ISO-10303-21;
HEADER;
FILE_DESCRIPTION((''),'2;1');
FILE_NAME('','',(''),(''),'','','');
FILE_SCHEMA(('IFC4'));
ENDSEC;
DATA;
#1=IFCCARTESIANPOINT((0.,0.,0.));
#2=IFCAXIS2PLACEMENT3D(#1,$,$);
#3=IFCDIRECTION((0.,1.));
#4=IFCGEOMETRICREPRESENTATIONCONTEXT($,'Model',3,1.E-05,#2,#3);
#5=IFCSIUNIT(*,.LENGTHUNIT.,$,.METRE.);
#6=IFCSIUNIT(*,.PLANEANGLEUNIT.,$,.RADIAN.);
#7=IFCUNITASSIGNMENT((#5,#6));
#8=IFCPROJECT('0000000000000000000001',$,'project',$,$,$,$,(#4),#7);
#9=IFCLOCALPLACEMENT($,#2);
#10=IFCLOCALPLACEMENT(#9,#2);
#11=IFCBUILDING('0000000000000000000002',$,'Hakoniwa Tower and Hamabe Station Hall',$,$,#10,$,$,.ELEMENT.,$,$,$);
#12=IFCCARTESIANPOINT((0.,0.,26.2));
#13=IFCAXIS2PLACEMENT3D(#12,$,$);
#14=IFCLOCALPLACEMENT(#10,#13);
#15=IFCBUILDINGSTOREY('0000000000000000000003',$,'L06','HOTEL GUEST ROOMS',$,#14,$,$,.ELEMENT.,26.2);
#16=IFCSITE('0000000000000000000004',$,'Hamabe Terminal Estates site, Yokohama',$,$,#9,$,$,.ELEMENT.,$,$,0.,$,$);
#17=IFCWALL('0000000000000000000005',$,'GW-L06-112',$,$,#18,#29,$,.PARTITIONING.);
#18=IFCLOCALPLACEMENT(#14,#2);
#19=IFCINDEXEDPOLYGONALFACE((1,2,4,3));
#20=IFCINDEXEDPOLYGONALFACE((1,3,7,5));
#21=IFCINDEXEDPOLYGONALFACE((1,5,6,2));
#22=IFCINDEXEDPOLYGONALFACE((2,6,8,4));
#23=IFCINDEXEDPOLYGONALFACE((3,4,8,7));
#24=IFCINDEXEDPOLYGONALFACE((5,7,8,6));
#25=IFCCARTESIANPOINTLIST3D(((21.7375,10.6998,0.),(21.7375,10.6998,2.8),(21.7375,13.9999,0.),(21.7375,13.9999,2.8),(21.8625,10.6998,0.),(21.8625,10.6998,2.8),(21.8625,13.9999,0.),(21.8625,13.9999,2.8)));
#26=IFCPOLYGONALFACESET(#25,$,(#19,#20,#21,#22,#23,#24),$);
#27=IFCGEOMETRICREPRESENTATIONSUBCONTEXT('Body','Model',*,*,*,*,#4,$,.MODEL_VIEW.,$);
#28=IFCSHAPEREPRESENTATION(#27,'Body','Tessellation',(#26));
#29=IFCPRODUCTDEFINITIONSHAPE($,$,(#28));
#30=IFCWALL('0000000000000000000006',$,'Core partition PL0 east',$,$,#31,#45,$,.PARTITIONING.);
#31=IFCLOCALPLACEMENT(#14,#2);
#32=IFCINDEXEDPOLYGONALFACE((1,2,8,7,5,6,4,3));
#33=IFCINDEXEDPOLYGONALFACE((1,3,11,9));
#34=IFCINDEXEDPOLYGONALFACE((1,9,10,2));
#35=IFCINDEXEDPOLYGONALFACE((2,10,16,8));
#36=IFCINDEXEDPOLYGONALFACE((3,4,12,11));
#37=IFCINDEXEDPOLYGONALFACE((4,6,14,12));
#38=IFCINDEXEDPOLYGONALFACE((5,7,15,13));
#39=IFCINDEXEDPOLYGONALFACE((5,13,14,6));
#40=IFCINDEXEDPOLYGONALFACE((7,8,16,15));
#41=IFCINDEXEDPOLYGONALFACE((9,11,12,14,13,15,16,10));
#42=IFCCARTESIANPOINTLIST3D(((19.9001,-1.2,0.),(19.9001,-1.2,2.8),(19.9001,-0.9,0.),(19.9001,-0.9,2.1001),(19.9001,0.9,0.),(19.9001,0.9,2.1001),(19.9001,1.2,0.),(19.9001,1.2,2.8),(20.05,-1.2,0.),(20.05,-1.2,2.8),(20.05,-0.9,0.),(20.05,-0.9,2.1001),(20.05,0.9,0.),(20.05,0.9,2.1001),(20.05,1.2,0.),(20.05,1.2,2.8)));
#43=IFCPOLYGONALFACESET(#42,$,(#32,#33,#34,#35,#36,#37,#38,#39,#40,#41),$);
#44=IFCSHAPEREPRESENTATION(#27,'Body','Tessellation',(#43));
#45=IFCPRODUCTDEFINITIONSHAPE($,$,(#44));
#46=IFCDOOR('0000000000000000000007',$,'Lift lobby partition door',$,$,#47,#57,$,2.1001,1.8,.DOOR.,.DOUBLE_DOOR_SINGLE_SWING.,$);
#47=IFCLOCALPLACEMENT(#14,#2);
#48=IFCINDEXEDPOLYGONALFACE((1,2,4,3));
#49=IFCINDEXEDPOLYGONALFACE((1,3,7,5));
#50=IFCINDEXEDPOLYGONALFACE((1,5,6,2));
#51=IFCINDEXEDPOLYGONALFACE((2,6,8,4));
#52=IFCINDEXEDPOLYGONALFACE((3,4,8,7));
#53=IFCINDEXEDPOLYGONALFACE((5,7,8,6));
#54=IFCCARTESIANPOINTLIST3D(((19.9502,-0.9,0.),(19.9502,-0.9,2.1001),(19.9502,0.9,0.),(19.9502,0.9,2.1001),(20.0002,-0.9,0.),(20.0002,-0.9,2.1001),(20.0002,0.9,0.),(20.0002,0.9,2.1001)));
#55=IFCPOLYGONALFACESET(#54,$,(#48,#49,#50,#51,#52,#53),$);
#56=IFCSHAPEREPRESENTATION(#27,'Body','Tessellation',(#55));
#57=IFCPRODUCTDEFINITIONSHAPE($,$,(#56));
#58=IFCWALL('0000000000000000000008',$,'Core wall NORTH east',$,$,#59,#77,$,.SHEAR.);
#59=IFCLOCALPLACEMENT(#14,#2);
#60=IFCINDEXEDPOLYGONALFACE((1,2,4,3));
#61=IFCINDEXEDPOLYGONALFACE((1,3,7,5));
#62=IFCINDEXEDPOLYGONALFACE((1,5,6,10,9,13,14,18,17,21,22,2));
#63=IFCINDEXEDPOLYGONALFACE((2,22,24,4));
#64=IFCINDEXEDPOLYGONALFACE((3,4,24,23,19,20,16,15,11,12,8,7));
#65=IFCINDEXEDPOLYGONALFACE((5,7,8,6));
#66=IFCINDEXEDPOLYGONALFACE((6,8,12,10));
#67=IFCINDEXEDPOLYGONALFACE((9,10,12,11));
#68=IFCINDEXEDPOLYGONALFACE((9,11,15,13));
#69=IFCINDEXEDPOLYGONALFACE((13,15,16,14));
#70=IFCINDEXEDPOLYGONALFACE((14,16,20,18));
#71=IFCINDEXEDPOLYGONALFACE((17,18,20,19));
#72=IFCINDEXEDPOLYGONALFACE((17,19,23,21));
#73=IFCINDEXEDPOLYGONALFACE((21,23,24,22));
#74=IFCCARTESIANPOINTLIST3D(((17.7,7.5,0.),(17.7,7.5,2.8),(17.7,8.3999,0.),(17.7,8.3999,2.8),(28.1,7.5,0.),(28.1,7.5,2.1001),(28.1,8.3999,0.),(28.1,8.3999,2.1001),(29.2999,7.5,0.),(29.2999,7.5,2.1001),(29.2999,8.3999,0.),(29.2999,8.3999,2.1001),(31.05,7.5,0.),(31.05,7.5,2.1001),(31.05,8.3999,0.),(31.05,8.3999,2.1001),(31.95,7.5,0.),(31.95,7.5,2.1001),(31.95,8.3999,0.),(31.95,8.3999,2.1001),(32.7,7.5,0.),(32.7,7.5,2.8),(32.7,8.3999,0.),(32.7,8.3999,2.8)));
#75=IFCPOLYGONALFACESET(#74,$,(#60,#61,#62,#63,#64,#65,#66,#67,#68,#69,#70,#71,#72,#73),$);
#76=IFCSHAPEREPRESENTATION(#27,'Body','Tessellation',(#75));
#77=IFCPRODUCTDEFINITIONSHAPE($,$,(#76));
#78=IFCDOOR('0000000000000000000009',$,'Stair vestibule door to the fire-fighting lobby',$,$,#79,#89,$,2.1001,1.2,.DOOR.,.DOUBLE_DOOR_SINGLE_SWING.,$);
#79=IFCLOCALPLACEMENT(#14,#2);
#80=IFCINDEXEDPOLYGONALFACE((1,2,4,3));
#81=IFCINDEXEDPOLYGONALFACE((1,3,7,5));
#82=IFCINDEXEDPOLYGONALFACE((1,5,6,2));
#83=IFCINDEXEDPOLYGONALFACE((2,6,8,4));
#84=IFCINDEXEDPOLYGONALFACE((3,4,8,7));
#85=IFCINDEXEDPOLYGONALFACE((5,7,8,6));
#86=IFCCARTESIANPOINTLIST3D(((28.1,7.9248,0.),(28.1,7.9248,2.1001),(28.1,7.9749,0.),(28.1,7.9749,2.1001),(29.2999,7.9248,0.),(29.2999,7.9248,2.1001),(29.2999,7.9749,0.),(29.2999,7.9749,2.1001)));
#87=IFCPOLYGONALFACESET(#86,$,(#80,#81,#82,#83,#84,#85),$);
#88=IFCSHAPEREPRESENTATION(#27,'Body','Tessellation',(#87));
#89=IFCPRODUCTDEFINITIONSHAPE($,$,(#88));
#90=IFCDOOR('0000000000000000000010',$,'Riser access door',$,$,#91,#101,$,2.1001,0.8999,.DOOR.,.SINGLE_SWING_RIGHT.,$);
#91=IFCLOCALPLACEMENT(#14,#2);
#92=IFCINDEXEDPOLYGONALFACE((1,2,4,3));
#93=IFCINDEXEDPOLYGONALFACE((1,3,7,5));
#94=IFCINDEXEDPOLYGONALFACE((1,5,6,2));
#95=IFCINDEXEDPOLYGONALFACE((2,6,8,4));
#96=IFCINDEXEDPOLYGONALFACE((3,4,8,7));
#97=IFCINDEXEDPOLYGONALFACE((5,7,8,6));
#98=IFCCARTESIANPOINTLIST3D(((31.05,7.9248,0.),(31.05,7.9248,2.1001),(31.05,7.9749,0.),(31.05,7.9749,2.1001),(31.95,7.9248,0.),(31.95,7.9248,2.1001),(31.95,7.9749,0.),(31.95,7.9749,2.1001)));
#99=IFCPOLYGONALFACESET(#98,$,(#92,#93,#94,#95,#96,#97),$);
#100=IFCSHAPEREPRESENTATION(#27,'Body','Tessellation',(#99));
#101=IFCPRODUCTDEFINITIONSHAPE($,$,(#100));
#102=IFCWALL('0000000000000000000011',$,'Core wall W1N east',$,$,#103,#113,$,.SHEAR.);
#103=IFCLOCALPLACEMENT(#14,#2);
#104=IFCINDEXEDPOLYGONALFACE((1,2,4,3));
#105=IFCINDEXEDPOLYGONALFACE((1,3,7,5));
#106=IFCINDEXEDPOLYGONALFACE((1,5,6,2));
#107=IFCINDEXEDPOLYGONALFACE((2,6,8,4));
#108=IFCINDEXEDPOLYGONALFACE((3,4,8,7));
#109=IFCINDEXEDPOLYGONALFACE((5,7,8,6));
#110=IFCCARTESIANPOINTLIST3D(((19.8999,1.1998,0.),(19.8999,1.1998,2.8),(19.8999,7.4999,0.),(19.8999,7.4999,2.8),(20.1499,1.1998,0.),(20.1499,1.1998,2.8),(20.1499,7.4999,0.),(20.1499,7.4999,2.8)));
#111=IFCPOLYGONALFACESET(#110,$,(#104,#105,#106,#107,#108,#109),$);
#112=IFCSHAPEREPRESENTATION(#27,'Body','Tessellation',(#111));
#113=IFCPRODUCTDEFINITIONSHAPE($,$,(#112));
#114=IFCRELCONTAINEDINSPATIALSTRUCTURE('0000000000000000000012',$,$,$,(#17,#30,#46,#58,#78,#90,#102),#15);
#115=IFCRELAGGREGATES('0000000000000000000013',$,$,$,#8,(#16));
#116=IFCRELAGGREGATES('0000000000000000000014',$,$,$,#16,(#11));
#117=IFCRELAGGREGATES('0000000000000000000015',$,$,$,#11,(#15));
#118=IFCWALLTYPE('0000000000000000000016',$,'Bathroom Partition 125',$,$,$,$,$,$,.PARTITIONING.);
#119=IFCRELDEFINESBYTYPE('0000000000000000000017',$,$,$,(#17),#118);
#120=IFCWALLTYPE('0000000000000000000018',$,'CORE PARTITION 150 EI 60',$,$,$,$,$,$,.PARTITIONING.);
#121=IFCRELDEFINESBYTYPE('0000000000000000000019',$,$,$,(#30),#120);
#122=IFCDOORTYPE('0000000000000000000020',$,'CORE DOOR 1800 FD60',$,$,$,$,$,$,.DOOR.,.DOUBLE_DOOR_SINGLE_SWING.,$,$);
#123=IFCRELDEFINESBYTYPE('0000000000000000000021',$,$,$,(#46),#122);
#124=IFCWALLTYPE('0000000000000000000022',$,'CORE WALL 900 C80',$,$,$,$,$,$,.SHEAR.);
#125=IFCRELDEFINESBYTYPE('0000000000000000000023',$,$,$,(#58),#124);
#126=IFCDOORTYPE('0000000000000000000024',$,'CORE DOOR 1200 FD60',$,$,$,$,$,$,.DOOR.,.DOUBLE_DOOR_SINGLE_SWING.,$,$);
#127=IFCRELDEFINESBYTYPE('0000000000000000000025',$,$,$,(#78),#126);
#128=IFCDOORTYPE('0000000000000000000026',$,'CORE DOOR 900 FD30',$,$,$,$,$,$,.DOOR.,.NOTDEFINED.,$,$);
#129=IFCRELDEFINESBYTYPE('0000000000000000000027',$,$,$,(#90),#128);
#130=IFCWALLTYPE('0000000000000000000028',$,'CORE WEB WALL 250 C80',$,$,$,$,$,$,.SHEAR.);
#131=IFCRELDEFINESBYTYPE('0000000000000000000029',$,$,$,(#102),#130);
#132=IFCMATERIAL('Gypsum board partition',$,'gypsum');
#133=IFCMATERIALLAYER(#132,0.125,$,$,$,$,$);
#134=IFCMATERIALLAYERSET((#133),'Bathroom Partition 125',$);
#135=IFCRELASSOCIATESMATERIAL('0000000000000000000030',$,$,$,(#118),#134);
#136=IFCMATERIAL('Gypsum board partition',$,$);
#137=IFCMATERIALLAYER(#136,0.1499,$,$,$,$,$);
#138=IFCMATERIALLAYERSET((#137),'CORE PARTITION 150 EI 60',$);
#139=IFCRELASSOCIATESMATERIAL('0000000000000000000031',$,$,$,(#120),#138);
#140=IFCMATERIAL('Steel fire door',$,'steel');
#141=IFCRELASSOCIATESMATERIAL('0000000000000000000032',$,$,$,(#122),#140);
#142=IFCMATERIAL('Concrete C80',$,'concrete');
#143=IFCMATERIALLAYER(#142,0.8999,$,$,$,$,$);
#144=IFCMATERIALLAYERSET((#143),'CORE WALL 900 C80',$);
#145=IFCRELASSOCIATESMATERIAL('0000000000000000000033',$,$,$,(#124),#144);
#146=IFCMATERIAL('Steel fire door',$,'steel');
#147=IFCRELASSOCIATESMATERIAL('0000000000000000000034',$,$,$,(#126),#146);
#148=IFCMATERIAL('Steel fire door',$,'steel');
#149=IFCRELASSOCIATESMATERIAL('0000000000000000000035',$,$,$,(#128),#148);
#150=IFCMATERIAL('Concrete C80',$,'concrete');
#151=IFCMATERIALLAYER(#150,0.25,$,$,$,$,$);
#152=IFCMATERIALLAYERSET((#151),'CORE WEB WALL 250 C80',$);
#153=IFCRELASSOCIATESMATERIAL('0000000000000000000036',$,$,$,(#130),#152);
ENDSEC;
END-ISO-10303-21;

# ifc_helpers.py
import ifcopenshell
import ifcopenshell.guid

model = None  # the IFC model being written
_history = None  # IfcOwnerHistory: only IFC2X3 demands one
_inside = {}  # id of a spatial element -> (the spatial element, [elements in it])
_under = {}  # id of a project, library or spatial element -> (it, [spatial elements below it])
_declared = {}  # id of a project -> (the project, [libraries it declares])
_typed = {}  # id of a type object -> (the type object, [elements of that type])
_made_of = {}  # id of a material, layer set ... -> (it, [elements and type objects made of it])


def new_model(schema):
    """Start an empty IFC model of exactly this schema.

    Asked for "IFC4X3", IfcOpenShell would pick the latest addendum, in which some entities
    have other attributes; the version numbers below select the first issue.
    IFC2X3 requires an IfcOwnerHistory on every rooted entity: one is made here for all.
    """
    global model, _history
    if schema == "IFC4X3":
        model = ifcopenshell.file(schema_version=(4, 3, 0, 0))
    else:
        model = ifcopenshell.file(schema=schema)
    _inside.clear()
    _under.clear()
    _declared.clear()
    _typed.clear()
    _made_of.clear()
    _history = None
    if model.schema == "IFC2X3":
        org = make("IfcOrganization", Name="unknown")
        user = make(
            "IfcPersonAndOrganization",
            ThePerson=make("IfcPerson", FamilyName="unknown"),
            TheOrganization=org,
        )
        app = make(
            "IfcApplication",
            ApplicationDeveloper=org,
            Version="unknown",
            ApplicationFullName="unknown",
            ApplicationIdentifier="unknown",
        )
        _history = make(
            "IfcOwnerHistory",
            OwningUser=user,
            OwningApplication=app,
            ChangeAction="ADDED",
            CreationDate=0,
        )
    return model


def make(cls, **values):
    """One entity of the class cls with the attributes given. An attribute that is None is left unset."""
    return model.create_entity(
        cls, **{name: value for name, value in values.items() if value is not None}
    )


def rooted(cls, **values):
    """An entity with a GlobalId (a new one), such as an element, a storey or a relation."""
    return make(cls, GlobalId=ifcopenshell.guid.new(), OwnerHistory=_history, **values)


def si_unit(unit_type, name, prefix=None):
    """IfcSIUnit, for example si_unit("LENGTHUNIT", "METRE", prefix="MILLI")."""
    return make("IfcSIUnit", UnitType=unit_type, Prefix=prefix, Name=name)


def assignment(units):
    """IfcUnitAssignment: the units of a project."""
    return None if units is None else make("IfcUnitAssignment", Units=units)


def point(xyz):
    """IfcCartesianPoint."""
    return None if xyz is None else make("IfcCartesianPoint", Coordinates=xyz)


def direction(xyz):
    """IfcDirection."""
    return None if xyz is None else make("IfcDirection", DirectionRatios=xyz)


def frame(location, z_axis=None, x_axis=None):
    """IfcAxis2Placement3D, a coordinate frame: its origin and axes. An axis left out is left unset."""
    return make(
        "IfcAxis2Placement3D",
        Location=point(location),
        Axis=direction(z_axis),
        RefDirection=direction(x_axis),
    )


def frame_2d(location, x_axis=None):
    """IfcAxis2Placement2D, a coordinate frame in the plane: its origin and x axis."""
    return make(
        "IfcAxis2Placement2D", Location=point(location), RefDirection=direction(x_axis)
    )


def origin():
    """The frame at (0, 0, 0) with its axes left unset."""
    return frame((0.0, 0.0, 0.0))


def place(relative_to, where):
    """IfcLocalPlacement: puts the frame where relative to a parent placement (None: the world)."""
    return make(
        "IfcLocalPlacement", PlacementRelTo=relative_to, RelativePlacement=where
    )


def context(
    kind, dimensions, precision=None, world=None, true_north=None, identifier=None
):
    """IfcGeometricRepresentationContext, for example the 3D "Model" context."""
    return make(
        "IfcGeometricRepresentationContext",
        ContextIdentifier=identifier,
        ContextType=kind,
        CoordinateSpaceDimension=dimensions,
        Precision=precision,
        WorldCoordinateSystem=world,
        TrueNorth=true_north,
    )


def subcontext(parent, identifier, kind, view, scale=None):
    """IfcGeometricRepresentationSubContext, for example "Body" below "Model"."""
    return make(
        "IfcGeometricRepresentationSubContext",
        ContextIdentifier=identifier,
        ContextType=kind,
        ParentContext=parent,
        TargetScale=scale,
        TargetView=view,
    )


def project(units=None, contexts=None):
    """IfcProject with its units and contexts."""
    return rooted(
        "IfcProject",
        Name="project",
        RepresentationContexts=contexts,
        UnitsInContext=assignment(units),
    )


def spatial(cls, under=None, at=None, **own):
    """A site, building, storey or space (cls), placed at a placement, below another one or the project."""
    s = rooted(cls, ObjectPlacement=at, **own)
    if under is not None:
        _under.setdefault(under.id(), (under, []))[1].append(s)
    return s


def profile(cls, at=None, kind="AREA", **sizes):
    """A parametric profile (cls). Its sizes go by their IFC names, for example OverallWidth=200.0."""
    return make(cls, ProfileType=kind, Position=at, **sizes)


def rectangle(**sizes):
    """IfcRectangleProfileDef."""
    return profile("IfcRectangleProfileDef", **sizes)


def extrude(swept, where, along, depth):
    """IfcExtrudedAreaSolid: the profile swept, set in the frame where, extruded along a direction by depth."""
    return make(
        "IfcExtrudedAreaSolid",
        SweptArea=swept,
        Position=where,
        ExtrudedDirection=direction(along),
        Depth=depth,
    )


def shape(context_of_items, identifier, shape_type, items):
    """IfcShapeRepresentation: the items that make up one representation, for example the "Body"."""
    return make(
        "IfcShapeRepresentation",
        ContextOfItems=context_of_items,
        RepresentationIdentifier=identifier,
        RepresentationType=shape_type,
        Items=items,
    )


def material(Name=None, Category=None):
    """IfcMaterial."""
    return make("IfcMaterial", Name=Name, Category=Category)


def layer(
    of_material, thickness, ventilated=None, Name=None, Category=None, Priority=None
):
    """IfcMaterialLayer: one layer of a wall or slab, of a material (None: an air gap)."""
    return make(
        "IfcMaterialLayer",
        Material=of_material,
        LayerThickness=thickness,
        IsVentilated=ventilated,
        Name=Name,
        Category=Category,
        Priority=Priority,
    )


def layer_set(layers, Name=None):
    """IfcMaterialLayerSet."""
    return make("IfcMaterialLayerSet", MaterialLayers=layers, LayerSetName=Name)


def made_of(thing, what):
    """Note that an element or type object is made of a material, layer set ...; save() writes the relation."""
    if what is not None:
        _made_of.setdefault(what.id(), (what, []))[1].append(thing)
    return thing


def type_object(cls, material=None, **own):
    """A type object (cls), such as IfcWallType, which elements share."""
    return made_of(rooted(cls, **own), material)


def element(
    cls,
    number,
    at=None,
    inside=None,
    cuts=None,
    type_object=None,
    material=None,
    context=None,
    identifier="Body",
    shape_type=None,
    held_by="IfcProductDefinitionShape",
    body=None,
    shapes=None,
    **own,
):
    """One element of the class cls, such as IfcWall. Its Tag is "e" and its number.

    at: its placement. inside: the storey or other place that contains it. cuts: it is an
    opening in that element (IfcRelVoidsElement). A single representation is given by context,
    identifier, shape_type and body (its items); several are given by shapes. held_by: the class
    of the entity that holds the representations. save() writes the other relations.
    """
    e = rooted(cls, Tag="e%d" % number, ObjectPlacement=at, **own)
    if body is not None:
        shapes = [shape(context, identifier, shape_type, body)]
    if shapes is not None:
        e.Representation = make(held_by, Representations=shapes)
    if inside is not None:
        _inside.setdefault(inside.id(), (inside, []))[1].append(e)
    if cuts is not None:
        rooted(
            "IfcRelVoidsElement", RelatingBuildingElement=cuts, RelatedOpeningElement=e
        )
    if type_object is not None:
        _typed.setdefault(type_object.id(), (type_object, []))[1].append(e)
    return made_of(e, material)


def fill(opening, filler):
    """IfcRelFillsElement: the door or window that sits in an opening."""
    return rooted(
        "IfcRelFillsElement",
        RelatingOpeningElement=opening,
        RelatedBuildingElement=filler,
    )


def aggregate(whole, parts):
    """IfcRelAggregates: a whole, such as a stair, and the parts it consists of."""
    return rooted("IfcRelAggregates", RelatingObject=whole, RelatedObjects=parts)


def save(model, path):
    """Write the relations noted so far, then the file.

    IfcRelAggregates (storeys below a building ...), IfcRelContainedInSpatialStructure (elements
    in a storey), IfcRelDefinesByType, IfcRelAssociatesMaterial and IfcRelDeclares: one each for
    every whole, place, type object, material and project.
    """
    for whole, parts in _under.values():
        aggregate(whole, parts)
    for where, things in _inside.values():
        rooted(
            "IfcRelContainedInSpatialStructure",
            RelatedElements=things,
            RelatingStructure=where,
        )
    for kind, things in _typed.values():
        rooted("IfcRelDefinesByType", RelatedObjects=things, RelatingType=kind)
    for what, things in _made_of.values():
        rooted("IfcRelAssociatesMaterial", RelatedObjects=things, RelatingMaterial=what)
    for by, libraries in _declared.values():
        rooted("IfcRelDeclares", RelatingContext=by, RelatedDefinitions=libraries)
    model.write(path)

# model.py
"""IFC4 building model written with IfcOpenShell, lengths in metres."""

from ifc_helpers import new_model, si_unit, direction, frame, frame_2d, origin, place, context, subcontext, project, spatial, rectangle, extrude, material, layer, layer_set, type_object, element, fill, save


model = new_model("IFC4")

# Units and contexts
model_context = context("Model", 3, precision=1e-05, world=origin(), true_north=direction((0.0, 1.0)))
body_context = subcontext(model_context, "Body", "Model", "MODEL_VIEW")
ifc_project = project(units=[si_unit("LENGTHUNIT", "METRE"), si_unit("PLANEANGLEUNIT", "RADIAN")], contexts=[model_context])

# Site, building, storey
site_placement = place(None, origin())
site = spatial("IfcSite", under=ifc_project, at=site_placement, Name="Hamabe Terminal Estates site, Yokohama", CompositionType="ELEMENT", RefElevation=0.0)
building_placement = place(site_placement, origin())
building = spatial("IfcBuilding", under=site, at=building_placement, Name="Hakoniwa Tower and Hamabe Station Hall", CompositionType="ELEMENT")
storey_placement = place(building_placement, frame((0.0, 0.0, 26.2)))
storey = spatial("IfcBuildingStorey", under=building, at=storey_placement, Name="L06", Description="HOTEL GUEST ROOMS", CompositionType="ELEMENT", Elevation=26.2)

# Wall
ifc_material_1 = material(Name="Gypsum board partition", Category="gypsum")
ifc_layer_1 = layer(ifc_material_1, 0.125)
ifc_layer_set_1 = layer_set([ifc_layer_1], Name="Bathroom Partition 125")
wall_type_1 = type_object("IfcWallType", Name="Bathroom Partition 125", PredefinedType="PARTITIONING", material=ifc_layer_set_1)
wall_1_placement = place(storey_placement, frame((21.8, 10.7, 0.0), z_axis=(0.0, 0.0, 1.0), x_axis=(0.0, 1.0, 0.0)))
element("IfcWall", 1, at=wall_1_placement, inside=storey, type_object=wall_type_1, Name="GW-L06-112", PredefinedType="PARTITIONING", context=body_context, shape_type="SweptSolid", body=[
    extrude(rectangle(XDim=3.3, YDim=0.125, at=frame_2d((1.6499, 0.0))), origin(), (0.0, 0.0, 1.0), 2.8),
])

# Wall, opening, door
ifc_material_2 = material(Name="Gypsum board partition")
ifc_layer_2 = layer(ifc_material_2, 0.1499)
ifc_layer_set_2 = layer_set([ifc_layer_2], Name="CORE PARTITION 150 EI 60")
wall_type_2 = type_object("IfcWallType", Name="CORE PARTITION 150 EI 60", PredefinedType="PARTITIONING", material=ifc_layer_set_2)
wall_2_placement = place(storey_placement, frame((19.9751, -1.2, 0.0), z_axis=(0.0, 0.0, 1.0), x_axis=(0.0, 1.0, 0.0)))
wall_2 = element("IfcWall", 2, at=wall_2_placement, inside=storey, type_object=wall_type_2, Name="Core partition PL0 east", PredefinedType="PARTITIONING", context=body_context, shape_type="SweptSolid", body=[
    extrude(rectangle(XDim=2.3999, YDim=0.1499, at=frame_2d((1.2, 0.0))), origin(), (0.0, 0.0, 1.0), 2.8),
])
opening_1_placement = place(wall_2_placement, frame((0.3, 0.0, 0.0)))
opening_1 = element("IfcOpeningElement", 3, at=opening_1_placement, cuts=wall_2, PredefinedType="OPENING", context=body_context, shape_type="SweptSolid", body=[
    extrude(rectangle(XDim=1.8, YDim=2.1001, at=frame_2d((0.8999, 1.05))), frame((0.0, 0.085, 0.0), z_axis=(0.0, -1.0, 0.0), x_axis=(1.0, 0.0, 0.0)), (0.0, 0.0, 1.0), 0.1699),
])
ifc_material_3 = material(Name="Steel fire door", Category="steel")
door_type_1 = type_object("IfcDoorType", Name="CORE DOOR 1800 FD60", OperationType="DOUBLE_DOOR_SINGLE_SWING", PredefinedType="DOOR", material=ifc_material_3)
door_1_placement = place(opening_1_placement, origin())
door_1 = element("IfcDoor", 4, at=door_1_placement, inside=storey, type_object=door_type_1, Name="Lift lobby partition door", OperationType="DOUBLE_DOOR_SINGLE_SWING", OverallHeight=2.1001, OverallWidth=1.8, PredefinedType="DOOR", context=body_context, shape_type="SweptSolid", body=[
    extrude(rectangle(XDim=1.8, YDim=2.1001, at=frame_2d((0.8999, 1.05))), frame((0.0, 0.0249, 0.0), z_axis=(0.0, -1.0, 0.0), x_axis=(1.0, 0.0, 0.0)), (0.0, 0.0, 1.0), 0.05),
])
fill(opening_1, door_1)

# Wall, openings, doors
ifc_material_4 = material(Name="Concrete C80", Category="concrete")
ifc_layer_3 = layer(ifc_material_4, 0.8999)
ifc_layer_set_3 = layer_set([ifc_layer_3], Name="CORE WALL 900 C80")
wall_type_3 = type_object("IfcWallType", Name="CORE WALL 900 C80", PredefinedType="SHEAR", material=ifc_layer_set_3)
wall_3_placement = place(storey_placement, frame((17.7, 7.95, 0.0), z_axis=(0.0, 0.0, 1.0), x_axis=(1.0, 0.0, 0.0)))
wall_3 = element("IfcWall", 5, at=wall_3_placement, inside=storey, type_object=wall_type_3, Name="Core wall NORTH east", PredefinedType="SHEAR", context=body_context, shape_type="SweptSolid", body=[
    extrude(rectangle(XDim=15.0, YDim=0.8999, at=frame_2d((7.5, 0.0))), origin(), (0.0, 0.0, 1.0), 2.8),
])
opening_2_placement = place(wall_3_placement, frame((10.3999, 0.0, 0.0)))
opening_2 = element("IfcOpeningElement", 6, at=opening_2_placement, cuts=wall_3, PredefinedType="OPENING", context=body_context, shape_type="SweptSolid", body=[
    extrude(rectangle(XDim=1.2, YDim=2.1001, at=frame_2d((0.6001, 1.05))), frame((0.0, 0.46, 0.0), z_axis=(0.0, -1.0, 0.0), x_axis=(1.0, 0.0, 0.0)), (0.0, 0.0, 1.0), 0.9199),
])
opening_3_placement = place(wall_3_placement, frame((13.3501, 0.0, 0.0)))
opening_3 = element("IfcOpeningElement", 7, at=opening_3_placement, cuts=wall_3, PredefinedType="OPENING", context=body_context, shape_type="SweptSolid", body=[
    extrude(rectangle(XDim=0.8999, YDim=2.1001, at=frame_2d((0.45, 1.05))), frame((0.0, 0.46, 0.0), z_axis=(0.0, -1.0, 0.0), x_axis=(1.0, 0.0, 0.0)), (0.0, 0.0, 1.0), 0.9199),
])
ifc_material_5 = material(Name="Steel fire door", Category="steel")
door_type_2 = type_object("IfcDoorType", Name="CORE DOOR 1200 FD60", OperationType="DOUBLE_DOOR_SINGLE_SWING", PredefinedType="DOOR", material=ifc_material_5)
door_2_placement = place(opening_2_placement, origin())
door_2 = element("IfcDoor", 8, at=door_2_placement, inside=storey, type_object=door_type_2, Name="Stair vestibule door to the fire-fighting lobby", OperationType="DOUBLE_DOOR_SINGLE_SWING", OverallHeight=2.1001, OverallWidth=1.2, PredefinedType="DOOR", context=body_context, shape_type="SweptSolid", body=[
    extrude(rectangle(XDim=1.2, YDim=2.1001, at=frame_2d((0.6001, 1.05))), frame((0.0, 0.0249, 0.0), z_axis=(0.0, -1.0, 0.0), x_axis=(1.0, 0.0, 0.0)), (0.0, 0.0, 1.0), 0.05),
])
fill(opening_2, door_2)
ifc_material_6 = material(Name="Steel fire door", Category="steel")
door_type_3 = type_object("IfcDoorType", Name="CORE DOOR 900 FD30", OperationType="NOTDEFINED", PredefinedType="DOOR", material=ifc_material_6)
door_3_placement = place(opening_3_placement, origin())
door_3 = element("IfcDoor", 9, at=door_3_placement, inside=storey, type_object=door_type_3, Name="Riser access door", OperationType="SINGLE_SWING_RIGHT", OverallHeight=2.1001, OverallWidth=0.8999, PredefinedType="DOOR", context=body_context, shape_type="SweptSolid", body=[
    extrude(rectangle(XDim=0.8999, YDim=2.1001, at=frame_2d((0.45, 1.05))), frame((0.0, 0.0249, 0.0), z_axis=(0.0, -1.0, 0.0), x_axis=(1.0, 0.0, 0.0)), (0.0, 0.0, 1.0), 0.05),
])
fill(opening_3, door_3)

# Wall
ifc_material_7 = material(Name="Concrete C80", Category="concrete")
ifc_layer_4 = layer(ifc_material_7, 0.25)
ifc_layer_set_4 = layer_set([ifc_layer_4], Name="CORE WEB WALL 250 C80")
wall_type_4 = type_object("IfcWallType", Name="CORE WEB WALL 250 C80", PredefinedType="SHEAR", material=ifc_layer_set_4)
wall_4_placement = place(storey_placement, frame((20.0249, 1.2, 0.0), z_axis=(0.0, 0.0, 1.0), x_axis=(0.0, 1.0, 0.0)))
element("IfcWall", 10, at=wall_4_placement, inside=storey, type_object=wall_type_4, Name="Core wall W1N east", PredefinedType="SHEAR", context=body_context, shape_type="SweptSolid", body=[
    extrude(rectangle(XDim=6.3, YDim=0.25, at=frame_2d((3.1499, 0.0))), origin(), (0.0, 0.0, 1.0), 2.8),
])

save(model, "model.ifc")
